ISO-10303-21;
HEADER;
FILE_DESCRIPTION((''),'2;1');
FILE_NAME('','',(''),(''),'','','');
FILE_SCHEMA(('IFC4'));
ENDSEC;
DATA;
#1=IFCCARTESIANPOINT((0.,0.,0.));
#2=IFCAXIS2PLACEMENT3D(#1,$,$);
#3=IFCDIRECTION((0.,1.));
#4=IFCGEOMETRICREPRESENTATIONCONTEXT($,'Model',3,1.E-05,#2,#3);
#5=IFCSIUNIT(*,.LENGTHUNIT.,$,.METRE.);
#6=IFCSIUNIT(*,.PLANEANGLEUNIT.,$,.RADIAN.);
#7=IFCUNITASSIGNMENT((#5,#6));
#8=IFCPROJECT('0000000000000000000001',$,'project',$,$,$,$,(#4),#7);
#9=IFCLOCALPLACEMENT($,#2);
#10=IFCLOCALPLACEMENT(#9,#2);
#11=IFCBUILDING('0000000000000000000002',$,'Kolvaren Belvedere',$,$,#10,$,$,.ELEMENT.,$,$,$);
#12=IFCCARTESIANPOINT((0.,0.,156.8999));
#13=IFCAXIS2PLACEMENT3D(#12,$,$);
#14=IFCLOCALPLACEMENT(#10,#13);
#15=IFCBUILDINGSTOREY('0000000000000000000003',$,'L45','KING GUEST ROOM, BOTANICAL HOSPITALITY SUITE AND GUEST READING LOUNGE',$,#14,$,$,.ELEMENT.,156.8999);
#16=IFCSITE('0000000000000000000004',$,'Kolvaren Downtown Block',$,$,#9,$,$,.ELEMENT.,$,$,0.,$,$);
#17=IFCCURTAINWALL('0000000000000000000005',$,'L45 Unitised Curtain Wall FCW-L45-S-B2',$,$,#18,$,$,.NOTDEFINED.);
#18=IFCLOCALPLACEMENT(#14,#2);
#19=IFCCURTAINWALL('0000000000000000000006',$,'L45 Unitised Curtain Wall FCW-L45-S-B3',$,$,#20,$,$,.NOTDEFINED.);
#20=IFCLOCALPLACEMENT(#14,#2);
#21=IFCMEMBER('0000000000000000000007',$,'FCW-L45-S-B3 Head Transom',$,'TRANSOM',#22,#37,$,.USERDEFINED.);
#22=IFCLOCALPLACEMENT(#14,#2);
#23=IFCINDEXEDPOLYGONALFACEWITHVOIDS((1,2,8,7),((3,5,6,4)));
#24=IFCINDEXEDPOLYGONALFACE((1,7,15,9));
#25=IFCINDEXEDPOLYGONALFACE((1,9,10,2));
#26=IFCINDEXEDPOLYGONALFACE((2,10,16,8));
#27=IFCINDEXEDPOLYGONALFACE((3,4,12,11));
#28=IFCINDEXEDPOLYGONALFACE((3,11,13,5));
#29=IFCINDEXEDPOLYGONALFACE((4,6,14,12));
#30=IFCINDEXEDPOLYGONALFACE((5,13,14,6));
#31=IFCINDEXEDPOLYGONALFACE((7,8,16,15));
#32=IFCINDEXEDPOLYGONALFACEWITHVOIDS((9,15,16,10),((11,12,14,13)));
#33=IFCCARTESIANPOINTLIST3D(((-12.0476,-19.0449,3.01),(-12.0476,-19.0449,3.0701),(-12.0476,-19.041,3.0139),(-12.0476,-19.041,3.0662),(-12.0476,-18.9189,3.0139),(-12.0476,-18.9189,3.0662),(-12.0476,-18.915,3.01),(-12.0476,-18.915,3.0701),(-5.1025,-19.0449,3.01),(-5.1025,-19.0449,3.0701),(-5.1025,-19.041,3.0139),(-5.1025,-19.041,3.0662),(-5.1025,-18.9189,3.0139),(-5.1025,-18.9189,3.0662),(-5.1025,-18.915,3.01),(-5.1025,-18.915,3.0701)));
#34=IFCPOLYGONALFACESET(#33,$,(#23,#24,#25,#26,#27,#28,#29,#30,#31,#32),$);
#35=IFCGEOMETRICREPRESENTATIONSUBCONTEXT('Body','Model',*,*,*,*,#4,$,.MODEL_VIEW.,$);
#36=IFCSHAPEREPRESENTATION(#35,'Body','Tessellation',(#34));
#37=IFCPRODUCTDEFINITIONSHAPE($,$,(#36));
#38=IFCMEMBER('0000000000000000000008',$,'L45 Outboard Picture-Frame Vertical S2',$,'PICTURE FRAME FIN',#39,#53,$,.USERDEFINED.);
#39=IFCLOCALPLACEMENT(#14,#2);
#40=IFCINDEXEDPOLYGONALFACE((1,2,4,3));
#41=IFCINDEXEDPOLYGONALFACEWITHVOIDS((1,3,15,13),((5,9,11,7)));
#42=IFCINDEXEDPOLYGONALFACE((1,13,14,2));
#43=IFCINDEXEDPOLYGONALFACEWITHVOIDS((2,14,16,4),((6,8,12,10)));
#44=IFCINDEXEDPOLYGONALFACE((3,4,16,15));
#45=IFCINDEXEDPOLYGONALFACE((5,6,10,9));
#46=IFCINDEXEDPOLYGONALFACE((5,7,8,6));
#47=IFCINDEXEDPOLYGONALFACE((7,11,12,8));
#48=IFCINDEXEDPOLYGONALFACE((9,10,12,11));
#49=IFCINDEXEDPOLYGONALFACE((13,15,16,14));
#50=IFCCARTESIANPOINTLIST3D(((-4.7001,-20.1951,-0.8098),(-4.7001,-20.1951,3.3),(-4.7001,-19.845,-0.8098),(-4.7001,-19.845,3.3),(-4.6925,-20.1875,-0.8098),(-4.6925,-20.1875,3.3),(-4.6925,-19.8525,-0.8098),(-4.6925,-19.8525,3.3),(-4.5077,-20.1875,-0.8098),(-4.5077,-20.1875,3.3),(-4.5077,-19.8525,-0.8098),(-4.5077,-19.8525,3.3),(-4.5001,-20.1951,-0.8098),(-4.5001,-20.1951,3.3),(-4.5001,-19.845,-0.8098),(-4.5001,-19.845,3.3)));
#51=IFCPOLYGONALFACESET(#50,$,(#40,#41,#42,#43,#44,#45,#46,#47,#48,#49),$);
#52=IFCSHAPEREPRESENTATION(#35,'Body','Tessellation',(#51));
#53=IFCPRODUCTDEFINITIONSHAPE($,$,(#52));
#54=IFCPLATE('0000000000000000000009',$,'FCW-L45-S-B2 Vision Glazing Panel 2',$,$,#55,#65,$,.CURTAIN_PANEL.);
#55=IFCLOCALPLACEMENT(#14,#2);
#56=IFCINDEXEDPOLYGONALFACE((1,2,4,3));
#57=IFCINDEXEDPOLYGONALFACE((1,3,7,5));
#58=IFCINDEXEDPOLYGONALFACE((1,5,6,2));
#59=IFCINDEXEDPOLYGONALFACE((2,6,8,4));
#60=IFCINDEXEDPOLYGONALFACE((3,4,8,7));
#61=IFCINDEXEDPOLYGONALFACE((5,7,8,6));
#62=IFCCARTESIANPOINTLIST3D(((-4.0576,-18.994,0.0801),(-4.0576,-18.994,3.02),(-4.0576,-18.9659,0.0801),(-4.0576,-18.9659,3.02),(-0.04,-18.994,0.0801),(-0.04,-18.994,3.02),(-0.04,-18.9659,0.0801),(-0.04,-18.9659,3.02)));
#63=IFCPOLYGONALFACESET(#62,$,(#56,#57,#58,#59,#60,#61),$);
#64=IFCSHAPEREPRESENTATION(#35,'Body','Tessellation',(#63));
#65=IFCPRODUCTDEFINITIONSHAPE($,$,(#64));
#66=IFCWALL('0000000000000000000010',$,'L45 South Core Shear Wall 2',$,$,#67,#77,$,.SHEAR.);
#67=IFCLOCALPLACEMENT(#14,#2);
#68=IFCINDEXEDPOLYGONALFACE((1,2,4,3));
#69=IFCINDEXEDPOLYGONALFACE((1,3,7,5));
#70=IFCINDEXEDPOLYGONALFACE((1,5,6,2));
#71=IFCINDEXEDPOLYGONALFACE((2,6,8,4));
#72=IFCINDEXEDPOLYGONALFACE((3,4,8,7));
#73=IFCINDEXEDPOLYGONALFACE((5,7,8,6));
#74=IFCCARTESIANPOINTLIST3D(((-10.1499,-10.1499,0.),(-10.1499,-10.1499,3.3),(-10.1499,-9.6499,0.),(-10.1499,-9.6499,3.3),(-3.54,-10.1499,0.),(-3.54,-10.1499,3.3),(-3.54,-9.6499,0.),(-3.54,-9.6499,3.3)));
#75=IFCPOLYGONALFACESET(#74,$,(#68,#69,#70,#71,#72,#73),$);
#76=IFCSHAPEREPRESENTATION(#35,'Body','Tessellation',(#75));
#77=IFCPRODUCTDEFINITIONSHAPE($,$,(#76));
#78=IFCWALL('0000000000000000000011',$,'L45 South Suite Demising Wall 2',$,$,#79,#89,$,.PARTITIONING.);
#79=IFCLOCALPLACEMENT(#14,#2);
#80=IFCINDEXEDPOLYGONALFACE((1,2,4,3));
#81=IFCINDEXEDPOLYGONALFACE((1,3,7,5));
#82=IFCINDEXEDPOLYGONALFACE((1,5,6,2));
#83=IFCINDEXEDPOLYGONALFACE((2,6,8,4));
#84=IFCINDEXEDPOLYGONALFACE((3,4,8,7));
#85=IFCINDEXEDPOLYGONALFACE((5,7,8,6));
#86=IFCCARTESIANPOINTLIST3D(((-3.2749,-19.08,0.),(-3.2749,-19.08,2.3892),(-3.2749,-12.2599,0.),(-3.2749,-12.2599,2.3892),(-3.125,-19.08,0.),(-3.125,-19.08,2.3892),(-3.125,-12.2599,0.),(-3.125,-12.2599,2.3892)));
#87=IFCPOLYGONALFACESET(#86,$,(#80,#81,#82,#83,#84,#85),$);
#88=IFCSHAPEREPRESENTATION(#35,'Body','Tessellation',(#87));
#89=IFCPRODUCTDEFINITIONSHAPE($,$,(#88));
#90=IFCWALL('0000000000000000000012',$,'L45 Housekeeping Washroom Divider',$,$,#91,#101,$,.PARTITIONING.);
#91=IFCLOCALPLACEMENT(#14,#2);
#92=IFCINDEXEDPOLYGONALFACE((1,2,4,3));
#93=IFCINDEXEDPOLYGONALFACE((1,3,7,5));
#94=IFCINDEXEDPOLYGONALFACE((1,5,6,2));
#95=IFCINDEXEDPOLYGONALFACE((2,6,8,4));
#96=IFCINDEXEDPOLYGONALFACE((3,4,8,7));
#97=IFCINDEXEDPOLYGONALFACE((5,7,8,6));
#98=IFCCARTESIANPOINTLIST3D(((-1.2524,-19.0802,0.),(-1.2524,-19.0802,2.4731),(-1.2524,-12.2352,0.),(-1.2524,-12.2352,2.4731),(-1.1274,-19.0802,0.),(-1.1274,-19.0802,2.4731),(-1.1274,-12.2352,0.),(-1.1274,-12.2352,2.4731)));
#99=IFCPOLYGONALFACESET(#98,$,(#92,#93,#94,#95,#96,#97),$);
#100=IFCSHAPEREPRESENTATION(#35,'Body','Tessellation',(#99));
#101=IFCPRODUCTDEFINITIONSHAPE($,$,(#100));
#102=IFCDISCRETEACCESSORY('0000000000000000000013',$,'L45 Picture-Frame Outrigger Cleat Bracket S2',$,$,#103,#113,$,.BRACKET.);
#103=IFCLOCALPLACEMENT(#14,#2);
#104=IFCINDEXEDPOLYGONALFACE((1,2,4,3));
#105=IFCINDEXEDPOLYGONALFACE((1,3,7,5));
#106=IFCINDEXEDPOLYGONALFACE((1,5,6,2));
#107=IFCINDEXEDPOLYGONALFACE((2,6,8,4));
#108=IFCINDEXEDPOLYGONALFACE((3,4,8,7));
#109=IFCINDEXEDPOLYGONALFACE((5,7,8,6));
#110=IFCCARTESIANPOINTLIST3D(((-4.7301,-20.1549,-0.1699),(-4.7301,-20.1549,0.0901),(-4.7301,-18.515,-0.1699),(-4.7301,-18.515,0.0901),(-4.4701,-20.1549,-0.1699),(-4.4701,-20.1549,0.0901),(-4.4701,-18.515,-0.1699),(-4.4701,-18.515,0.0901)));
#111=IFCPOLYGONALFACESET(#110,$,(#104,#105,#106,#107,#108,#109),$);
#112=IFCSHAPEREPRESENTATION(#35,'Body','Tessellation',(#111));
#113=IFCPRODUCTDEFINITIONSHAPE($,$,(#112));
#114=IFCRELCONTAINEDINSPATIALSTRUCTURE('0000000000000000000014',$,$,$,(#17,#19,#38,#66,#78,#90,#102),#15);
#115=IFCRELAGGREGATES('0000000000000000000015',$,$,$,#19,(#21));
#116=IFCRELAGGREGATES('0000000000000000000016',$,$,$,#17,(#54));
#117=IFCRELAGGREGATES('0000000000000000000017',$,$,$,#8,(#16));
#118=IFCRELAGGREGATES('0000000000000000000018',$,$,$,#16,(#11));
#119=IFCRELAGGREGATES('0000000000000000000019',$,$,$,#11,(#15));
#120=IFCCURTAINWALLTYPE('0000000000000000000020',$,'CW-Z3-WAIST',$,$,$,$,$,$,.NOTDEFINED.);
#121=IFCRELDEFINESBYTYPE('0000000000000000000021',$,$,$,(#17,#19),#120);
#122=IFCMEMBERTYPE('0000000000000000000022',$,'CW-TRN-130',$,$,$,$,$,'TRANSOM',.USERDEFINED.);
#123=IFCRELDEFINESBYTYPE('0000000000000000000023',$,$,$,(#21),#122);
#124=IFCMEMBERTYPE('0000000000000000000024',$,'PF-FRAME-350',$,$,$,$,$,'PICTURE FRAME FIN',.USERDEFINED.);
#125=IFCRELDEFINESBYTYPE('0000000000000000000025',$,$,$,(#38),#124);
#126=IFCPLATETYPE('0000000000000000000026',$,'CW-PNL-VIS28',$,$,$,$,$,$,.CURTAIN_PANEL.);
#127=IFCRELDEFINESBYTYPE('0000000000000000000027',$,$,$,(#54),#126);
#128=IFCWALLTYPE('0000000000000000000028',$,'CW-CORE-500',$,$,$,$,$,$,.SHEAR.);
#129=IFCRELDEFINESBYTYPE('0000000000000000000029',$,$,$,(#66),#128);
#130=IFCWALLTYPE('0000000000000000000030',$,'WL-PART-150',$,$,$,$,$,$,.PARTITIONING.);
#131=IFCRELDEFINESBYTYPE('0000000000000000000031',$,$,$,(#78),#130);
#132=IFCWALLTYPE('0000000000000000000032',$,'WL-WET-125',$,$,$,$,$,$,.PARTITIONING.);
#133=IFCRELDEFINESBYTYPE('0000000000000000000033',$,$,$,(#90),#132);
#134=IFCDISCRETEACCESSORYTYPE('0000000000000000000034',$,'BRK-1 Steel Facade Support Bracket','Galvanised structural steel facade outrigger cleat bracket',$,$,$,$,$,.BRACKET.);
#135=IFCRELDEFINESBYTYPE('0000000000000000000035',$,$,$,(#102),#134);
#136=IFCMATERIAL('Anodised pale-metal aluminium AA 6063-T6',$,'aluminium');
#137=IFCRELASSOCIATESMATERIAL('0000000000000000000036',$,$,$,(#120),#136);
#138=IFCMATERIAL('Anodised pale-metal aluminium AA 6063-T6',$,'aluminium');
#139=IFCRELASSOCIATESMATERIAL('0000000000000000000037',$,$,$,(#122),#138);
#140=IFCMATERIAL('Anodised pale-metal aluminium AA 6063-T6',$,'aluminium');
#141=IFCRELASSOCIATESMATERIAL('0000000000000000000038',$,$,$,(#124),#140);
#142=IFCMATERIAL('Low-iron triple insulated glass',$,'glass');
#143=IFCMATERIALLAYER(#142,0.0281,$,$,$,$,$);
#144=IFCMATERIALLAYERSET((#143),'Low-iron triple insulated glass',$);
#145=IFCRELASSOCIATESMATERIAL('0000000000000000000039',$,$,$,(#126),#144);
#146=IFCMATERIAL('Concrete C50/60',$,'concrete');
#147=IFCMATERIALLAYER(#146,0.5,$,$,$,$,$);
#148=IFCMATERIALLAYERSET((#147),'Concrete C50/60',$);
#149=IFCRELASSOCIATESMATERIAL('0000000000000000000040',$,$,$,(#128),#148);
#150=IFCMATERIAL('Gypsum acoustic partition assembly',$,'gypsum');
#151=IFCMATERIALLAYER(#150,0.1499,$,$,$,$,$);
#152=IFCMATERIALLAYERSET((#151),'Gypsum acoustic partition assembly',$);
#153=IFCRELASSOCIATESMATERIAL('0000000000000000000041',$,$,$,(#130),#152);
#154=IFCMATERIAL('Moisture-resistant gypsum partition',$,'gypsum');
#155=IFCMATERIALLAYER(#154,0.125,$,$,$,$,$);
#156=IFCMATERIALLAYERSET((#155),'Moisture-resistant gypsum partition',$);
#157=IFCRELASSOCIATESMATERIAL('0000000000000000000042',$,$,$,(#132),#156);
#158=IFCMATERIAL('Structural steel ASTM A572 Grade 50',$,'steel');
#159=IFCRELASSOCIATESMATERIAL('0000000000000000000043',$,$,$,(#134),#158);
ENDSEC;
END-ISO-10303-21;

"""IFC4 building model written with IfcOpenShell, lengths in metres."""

from ifc_helpers import new_model, si_unit, direction, frame, frame_2d, origin, origin_2d, place, context, subcontext, project, spatial, rectangle, hollow_rectangle, extrude, material, layer, layer_set, material_profile, profile_set, type_object, element, aggregate, save


model = new_model("IFC4")

# Units and contexts
model_context = context("Model", 3, precision=1e-05, world=origin(), true_north=direction((0.0, 1.0)))
body_context = subcontext(model_context, "Body", "Model", "MODEL_VIEW")
ifc_project = project(units=[si_unit("LENGTHUNIT", "METRE"), si_unit("PLANEANGLEUNIT", "RADIAN")], contexts=[model_context])

# Site, building, storey
site_placement = place(None, origin())
site = spatial("IfcSite", under=ifc_project, at=site_placement, Name="Kolvaren Downtown Block", CompositionType="ELEMENT", RefElevation=0.0)
building_placement = place(site_placement, origin())
building = spatial("IfcBuilding", under=site, at=building_placement, Name="Kolvaren Belvedere", CompositionType="ELEMENT")
storey_placement = place(building_placement, frame((0.0, 0.0, 156.8999)))
storey = spatial("IfcBuildingStorey", under=building, at=storey_placement, Name="L45", Description="KING GUEST ROOM, BOTANICAL HOSPITALITY SUITE AND GUEST READING LOUNGE", CompositionType="ELEMENT", Elevation=156.8999)

# Curtain wall
ifc_material_1 = material(Name="Anodised pale-metal aluminium AA 6063-T6", Category="aluminium")
curtain_wall_type = type_object("IfcCurtainWallType", Name="CW-Z3-WAIST", PredefinedType="NOTDEFINED", material=ifc_material_1)
curtain_wall_1_placement = place(storey_placement, origin())
curtain_wall_1 = element("IfcCurtainWall", 1, at=curtain_wall_1_placement, inside=storey, type_object=curtain_wall_type, Name="L45 Unitised Curtain Wall FCW-L45-S-B2", PredefinedType="NOTDEFINED")

# Curtain wall, member
curtain_wall_2_placement = place(storey_placement, origin())
curtain_wall_2 = element("IfcCurtainWall", 2, at=curtain_wall_2_placement, inside=storey, type_object=curtain_wall_type, Name="L45 Unitised Curtain Wall FCW-L45-S-B3", PredefinedType="NOTDEFINED")
ifc_material_2 = material(Name="Anodised pale-metal aluminium AA 6063-T6", Category="aluminium")
ifc_material_profile_1 = material_profile(ifc_material_2, hollow_rectangle(XDim=0.0601, YDim=0.1299, WallThickness=0.0039, at=origin_2d()), Name="ALU-TRN-130X60")
ifc_profile_set_1 = profile_set([ifc_material_profile_1], Name="Anodised pale-metal aluminium AA 6063-T6")
member_type_1 = type_object("IfcMemberType", Name="CW-TRN-130", ElementType="TRANSOM", PredefinedType="USERDEFINED", material=ifc_profile_set_1)
member_1_placement = place(storey_placement, frame((-5.1025, -18.98, 3.04), z_axis=(-1.0, 0.0, 0.0), x_axis=(0.0, 0.0, 1.0)))
member_1 = element("IfcMember", 3, at=member_1_placement, type_object=member_type_1, Name="FCW-L45-S-B3 Head Transom", ObjectType="TRANSOM", PredefinedType="USERDEFINED", context=body_context, shape_type="SweptSolid", body=[
    extrude(hollow_rectangle(XDim=0.0601, YDim=0.1299, WallThickness=0.0039, at=origin_2d()), origin(), (0.0, 0.0, 1.0), 6.9451),
])
aggregate(curtain_wall_2, [member_1])

# Member
ifc_material_3 = material(Name="Anodised pale-metal aluminium AA 6063-T6", Category="aluminium")
ifc_material_profile_2 = material_profile(ifc_material_3, hollow_rectangle(XDim=0.2, YDim=0.3501, WallThickness=0.0076, at=origin_2d()), Name="ALU-PF-350X200")
ifc_profile_set_2 = profile_set([ifc_material_profile_2], Name="Anodised pale-metal aluminium AA 6063-T6")
member_type_2 = type_object("IfcMemberType", Name="PF-FRAME-350", ElementType="PICTURE FRAME FIN", PredefinedType="USERDEFINED", material=ifc_profile_set_2)
member_2_placement = place(storey_placement, frame((-4.6001, -20.02, -0.8098), z_axis=(0.0, 0.0, 1.0), x_axis=(1.0, 0.0, 0.0)))
element("IfcMember", 4, at=member_2_placement, inside=storey, type_object=member_type_2, Name="L45 Outboard Picture-Frame Vertical S2", ObjectType="PICTURE FRAME FIN", PredefinedType="USERDEFINED", context=body_context, shape_type="SweptSolid", body=[
    extrude(hollow_rectangle(XDim=0.2, YDim=0.3501, WallThickness=0.0076, at=origin_2d()), origin(), (0.0, 0.0, 1.0), 4.1099),
])

# Plate
ifc_material_4 = material(Name="Low-iron triple insulated glass", Category="glass")
ifc_layer_1 = layer(ifc_material_4, 0.0281)
ifc_layer_set_1 = layer_set([ifc_layer_1], Name="Low-iron triple insulated glass")
plate_type = type_object("IfcPlateType", Name="CW-PNL-VIS28", PredefinedType="CURTAIN_PANEL", material=ifc_layer_set_1)
plate_placement = place(storey_placement, frame((-2.0488, -18.98, 0.0801), z_axis=(0.0, 0.0, 1.0), x_axis=(-1.0, 0.0, 0.0)))
plate = element("IfcPlate", 5, at=plate_placement, type_object=plate_type, Name="FCW-L45-S-B2 Vision Glazing Panel 2", PredefinedType="CURTAIN_PANEL", context=body_context, shape_type="SweptSolid", body=[
    extrude(rectangle(XDim=4.0176, YDim=0.0281, at=origin_2d()), origin(), (0.0, 0.0, 1.0), 2.9399),
])
aggregate(curtain_wall_1, [plate])

# Walls
ifc_material_5 = material(Name="Concrete C50/60", Category="concrete")
ifc_layer_2 = layer(ifc_material_5, 0.5)
ifc_layer_set_2 = layer_set([ifc_layer_2], Name="Concrete C50/60")
wall_type_1 = type_object("IfcWallType", Name="CW-CORE-500", PredefinedType="SHEAR", material=ifc_layer_set_2)
wall_1_placement = place(storey_placement, frame((-3.54, -9.8999, 0.0), z_axis=(0.0, 0.0, 1.0), x_axis=(-1.0, 0.0, 0.0)))
element("IfcWall", 6, at=wall_1_placement, inside=storey, type_object=wall_type_1, Name="L45 South Core Shear Wall 2", PredefinedType="SHEAR", context=body_context, shape_type="SweptSolid", body=[
    extrude(rectangle(XDim=6.6099, YDim=0.5, at=frame_2d((3.3049, 0.0))), origin(), (0.0, 0.0, 1.0), 3.3),
])
ifc_material_6 = material(Name="Gypsum acoustic partition assembly", Category="gypsum")
ifc_layer_3 = layer(ifc_material_6, 0.1499)
ifc_layer_set_3 = layer_set([ifc_layer_3], Name="Gypsum acoustic partition assembly")
wall_type_2 = type_object("IfcWallType", Name="WL-PART-150", PredefinedType="PARTITIONING", material=ifc_layer_set_3)
wall_2_placement = place(storey_placement, frame((-3.2, -19.0801, 0.0), z_axis=(0.0, 0.0, 1.0), x_axis=(0.0, 1.0, 0.0)))
element("IfcWall", 7, at=wall_2_placement, inside=storey, type_object=wall_type_2, Name="L45 South Suite Demising Wall 2", PredefinedType="PARTITIONING", context=body_context, shape_type="SweptSolid", body=[
    extrude(rectangle(XDim=6.8201, YDim=0.1499, at=frame_2d((3.4102, 0.0))), origin(), (0.0, 0.0, 1.0), 2.3892),
])
ifc_material_7 = material(Name="Moisture-resistant gypsum partition", Category="gypsum")
ifc_layer_4 = layer(ifc_material_7, 0.125)
ifc_layer_set_4 = layer_set([ifc_layer_4], Name="Moisture-resistant gypsum partition")
wall_type_3 = type_object("IfcWallType", Name="WL-WET-125", PredefinedType="PARTITIONING", material=ifc_layer_set_4)
wall_3_placement = place(storey_placement, frame((-1.1899, -19.0801, 0.0), z_axis=(0.0, 0.0, 1.0), x_axis=(0.0, 1.0, 0.0)))
element("IfcWall", 8, at=wall_3_placement, inside=storey, type_object=wall_type_3, Name="L45 Housekeeping Washroom Divider", PredefinedType="PARTITIONING", context=body_context, shape_type="SweptSolid", body=[
    extrude(rectangle(XDim=6.845, YDim=0.125, at=frame_2d((3.4224, 0.0))), origin(), (0.0, 0.0, 1.0), 2.4731),
])

# Discrete accessory
ifc_material_8 = material(Name="Structural steel ASTM A572 Grade 50", Category="steel")
discrete_accessory_type = type_object("IfcDiscreteAccessoryType", Name="BRK-1 Steel Facade Support Bracket", Description="Galvanised structural steel facade outrigger cleat bracket", PredefinedType="BRACKET", material=ifc_material_8)
discrete_accessory_placement = place(storey_placement, frame((-4.6001, -19.335, -0.1699), z_axis=(0.0, 0.0, 1.0), x_axis=(0.0, 1.0, 0.0)))
element("IfcDiscreteAccessory", 9, at=discrete_accessory_placement, inside=storey, type_object=discrete_accessory_type, Name="L45 Picture-Frame Outrigger Cleat Bracket S2", PredefinedType="BRACKET", context=body_context, shape_type="SweptSolid", body=[
    extrude(rectangle(XDim=1.6399, YDim=0.26, at=origin_2d()), origin(), (0.0, 0.0, 1.0), 0.26),
])

save(model, "model.ifc")
